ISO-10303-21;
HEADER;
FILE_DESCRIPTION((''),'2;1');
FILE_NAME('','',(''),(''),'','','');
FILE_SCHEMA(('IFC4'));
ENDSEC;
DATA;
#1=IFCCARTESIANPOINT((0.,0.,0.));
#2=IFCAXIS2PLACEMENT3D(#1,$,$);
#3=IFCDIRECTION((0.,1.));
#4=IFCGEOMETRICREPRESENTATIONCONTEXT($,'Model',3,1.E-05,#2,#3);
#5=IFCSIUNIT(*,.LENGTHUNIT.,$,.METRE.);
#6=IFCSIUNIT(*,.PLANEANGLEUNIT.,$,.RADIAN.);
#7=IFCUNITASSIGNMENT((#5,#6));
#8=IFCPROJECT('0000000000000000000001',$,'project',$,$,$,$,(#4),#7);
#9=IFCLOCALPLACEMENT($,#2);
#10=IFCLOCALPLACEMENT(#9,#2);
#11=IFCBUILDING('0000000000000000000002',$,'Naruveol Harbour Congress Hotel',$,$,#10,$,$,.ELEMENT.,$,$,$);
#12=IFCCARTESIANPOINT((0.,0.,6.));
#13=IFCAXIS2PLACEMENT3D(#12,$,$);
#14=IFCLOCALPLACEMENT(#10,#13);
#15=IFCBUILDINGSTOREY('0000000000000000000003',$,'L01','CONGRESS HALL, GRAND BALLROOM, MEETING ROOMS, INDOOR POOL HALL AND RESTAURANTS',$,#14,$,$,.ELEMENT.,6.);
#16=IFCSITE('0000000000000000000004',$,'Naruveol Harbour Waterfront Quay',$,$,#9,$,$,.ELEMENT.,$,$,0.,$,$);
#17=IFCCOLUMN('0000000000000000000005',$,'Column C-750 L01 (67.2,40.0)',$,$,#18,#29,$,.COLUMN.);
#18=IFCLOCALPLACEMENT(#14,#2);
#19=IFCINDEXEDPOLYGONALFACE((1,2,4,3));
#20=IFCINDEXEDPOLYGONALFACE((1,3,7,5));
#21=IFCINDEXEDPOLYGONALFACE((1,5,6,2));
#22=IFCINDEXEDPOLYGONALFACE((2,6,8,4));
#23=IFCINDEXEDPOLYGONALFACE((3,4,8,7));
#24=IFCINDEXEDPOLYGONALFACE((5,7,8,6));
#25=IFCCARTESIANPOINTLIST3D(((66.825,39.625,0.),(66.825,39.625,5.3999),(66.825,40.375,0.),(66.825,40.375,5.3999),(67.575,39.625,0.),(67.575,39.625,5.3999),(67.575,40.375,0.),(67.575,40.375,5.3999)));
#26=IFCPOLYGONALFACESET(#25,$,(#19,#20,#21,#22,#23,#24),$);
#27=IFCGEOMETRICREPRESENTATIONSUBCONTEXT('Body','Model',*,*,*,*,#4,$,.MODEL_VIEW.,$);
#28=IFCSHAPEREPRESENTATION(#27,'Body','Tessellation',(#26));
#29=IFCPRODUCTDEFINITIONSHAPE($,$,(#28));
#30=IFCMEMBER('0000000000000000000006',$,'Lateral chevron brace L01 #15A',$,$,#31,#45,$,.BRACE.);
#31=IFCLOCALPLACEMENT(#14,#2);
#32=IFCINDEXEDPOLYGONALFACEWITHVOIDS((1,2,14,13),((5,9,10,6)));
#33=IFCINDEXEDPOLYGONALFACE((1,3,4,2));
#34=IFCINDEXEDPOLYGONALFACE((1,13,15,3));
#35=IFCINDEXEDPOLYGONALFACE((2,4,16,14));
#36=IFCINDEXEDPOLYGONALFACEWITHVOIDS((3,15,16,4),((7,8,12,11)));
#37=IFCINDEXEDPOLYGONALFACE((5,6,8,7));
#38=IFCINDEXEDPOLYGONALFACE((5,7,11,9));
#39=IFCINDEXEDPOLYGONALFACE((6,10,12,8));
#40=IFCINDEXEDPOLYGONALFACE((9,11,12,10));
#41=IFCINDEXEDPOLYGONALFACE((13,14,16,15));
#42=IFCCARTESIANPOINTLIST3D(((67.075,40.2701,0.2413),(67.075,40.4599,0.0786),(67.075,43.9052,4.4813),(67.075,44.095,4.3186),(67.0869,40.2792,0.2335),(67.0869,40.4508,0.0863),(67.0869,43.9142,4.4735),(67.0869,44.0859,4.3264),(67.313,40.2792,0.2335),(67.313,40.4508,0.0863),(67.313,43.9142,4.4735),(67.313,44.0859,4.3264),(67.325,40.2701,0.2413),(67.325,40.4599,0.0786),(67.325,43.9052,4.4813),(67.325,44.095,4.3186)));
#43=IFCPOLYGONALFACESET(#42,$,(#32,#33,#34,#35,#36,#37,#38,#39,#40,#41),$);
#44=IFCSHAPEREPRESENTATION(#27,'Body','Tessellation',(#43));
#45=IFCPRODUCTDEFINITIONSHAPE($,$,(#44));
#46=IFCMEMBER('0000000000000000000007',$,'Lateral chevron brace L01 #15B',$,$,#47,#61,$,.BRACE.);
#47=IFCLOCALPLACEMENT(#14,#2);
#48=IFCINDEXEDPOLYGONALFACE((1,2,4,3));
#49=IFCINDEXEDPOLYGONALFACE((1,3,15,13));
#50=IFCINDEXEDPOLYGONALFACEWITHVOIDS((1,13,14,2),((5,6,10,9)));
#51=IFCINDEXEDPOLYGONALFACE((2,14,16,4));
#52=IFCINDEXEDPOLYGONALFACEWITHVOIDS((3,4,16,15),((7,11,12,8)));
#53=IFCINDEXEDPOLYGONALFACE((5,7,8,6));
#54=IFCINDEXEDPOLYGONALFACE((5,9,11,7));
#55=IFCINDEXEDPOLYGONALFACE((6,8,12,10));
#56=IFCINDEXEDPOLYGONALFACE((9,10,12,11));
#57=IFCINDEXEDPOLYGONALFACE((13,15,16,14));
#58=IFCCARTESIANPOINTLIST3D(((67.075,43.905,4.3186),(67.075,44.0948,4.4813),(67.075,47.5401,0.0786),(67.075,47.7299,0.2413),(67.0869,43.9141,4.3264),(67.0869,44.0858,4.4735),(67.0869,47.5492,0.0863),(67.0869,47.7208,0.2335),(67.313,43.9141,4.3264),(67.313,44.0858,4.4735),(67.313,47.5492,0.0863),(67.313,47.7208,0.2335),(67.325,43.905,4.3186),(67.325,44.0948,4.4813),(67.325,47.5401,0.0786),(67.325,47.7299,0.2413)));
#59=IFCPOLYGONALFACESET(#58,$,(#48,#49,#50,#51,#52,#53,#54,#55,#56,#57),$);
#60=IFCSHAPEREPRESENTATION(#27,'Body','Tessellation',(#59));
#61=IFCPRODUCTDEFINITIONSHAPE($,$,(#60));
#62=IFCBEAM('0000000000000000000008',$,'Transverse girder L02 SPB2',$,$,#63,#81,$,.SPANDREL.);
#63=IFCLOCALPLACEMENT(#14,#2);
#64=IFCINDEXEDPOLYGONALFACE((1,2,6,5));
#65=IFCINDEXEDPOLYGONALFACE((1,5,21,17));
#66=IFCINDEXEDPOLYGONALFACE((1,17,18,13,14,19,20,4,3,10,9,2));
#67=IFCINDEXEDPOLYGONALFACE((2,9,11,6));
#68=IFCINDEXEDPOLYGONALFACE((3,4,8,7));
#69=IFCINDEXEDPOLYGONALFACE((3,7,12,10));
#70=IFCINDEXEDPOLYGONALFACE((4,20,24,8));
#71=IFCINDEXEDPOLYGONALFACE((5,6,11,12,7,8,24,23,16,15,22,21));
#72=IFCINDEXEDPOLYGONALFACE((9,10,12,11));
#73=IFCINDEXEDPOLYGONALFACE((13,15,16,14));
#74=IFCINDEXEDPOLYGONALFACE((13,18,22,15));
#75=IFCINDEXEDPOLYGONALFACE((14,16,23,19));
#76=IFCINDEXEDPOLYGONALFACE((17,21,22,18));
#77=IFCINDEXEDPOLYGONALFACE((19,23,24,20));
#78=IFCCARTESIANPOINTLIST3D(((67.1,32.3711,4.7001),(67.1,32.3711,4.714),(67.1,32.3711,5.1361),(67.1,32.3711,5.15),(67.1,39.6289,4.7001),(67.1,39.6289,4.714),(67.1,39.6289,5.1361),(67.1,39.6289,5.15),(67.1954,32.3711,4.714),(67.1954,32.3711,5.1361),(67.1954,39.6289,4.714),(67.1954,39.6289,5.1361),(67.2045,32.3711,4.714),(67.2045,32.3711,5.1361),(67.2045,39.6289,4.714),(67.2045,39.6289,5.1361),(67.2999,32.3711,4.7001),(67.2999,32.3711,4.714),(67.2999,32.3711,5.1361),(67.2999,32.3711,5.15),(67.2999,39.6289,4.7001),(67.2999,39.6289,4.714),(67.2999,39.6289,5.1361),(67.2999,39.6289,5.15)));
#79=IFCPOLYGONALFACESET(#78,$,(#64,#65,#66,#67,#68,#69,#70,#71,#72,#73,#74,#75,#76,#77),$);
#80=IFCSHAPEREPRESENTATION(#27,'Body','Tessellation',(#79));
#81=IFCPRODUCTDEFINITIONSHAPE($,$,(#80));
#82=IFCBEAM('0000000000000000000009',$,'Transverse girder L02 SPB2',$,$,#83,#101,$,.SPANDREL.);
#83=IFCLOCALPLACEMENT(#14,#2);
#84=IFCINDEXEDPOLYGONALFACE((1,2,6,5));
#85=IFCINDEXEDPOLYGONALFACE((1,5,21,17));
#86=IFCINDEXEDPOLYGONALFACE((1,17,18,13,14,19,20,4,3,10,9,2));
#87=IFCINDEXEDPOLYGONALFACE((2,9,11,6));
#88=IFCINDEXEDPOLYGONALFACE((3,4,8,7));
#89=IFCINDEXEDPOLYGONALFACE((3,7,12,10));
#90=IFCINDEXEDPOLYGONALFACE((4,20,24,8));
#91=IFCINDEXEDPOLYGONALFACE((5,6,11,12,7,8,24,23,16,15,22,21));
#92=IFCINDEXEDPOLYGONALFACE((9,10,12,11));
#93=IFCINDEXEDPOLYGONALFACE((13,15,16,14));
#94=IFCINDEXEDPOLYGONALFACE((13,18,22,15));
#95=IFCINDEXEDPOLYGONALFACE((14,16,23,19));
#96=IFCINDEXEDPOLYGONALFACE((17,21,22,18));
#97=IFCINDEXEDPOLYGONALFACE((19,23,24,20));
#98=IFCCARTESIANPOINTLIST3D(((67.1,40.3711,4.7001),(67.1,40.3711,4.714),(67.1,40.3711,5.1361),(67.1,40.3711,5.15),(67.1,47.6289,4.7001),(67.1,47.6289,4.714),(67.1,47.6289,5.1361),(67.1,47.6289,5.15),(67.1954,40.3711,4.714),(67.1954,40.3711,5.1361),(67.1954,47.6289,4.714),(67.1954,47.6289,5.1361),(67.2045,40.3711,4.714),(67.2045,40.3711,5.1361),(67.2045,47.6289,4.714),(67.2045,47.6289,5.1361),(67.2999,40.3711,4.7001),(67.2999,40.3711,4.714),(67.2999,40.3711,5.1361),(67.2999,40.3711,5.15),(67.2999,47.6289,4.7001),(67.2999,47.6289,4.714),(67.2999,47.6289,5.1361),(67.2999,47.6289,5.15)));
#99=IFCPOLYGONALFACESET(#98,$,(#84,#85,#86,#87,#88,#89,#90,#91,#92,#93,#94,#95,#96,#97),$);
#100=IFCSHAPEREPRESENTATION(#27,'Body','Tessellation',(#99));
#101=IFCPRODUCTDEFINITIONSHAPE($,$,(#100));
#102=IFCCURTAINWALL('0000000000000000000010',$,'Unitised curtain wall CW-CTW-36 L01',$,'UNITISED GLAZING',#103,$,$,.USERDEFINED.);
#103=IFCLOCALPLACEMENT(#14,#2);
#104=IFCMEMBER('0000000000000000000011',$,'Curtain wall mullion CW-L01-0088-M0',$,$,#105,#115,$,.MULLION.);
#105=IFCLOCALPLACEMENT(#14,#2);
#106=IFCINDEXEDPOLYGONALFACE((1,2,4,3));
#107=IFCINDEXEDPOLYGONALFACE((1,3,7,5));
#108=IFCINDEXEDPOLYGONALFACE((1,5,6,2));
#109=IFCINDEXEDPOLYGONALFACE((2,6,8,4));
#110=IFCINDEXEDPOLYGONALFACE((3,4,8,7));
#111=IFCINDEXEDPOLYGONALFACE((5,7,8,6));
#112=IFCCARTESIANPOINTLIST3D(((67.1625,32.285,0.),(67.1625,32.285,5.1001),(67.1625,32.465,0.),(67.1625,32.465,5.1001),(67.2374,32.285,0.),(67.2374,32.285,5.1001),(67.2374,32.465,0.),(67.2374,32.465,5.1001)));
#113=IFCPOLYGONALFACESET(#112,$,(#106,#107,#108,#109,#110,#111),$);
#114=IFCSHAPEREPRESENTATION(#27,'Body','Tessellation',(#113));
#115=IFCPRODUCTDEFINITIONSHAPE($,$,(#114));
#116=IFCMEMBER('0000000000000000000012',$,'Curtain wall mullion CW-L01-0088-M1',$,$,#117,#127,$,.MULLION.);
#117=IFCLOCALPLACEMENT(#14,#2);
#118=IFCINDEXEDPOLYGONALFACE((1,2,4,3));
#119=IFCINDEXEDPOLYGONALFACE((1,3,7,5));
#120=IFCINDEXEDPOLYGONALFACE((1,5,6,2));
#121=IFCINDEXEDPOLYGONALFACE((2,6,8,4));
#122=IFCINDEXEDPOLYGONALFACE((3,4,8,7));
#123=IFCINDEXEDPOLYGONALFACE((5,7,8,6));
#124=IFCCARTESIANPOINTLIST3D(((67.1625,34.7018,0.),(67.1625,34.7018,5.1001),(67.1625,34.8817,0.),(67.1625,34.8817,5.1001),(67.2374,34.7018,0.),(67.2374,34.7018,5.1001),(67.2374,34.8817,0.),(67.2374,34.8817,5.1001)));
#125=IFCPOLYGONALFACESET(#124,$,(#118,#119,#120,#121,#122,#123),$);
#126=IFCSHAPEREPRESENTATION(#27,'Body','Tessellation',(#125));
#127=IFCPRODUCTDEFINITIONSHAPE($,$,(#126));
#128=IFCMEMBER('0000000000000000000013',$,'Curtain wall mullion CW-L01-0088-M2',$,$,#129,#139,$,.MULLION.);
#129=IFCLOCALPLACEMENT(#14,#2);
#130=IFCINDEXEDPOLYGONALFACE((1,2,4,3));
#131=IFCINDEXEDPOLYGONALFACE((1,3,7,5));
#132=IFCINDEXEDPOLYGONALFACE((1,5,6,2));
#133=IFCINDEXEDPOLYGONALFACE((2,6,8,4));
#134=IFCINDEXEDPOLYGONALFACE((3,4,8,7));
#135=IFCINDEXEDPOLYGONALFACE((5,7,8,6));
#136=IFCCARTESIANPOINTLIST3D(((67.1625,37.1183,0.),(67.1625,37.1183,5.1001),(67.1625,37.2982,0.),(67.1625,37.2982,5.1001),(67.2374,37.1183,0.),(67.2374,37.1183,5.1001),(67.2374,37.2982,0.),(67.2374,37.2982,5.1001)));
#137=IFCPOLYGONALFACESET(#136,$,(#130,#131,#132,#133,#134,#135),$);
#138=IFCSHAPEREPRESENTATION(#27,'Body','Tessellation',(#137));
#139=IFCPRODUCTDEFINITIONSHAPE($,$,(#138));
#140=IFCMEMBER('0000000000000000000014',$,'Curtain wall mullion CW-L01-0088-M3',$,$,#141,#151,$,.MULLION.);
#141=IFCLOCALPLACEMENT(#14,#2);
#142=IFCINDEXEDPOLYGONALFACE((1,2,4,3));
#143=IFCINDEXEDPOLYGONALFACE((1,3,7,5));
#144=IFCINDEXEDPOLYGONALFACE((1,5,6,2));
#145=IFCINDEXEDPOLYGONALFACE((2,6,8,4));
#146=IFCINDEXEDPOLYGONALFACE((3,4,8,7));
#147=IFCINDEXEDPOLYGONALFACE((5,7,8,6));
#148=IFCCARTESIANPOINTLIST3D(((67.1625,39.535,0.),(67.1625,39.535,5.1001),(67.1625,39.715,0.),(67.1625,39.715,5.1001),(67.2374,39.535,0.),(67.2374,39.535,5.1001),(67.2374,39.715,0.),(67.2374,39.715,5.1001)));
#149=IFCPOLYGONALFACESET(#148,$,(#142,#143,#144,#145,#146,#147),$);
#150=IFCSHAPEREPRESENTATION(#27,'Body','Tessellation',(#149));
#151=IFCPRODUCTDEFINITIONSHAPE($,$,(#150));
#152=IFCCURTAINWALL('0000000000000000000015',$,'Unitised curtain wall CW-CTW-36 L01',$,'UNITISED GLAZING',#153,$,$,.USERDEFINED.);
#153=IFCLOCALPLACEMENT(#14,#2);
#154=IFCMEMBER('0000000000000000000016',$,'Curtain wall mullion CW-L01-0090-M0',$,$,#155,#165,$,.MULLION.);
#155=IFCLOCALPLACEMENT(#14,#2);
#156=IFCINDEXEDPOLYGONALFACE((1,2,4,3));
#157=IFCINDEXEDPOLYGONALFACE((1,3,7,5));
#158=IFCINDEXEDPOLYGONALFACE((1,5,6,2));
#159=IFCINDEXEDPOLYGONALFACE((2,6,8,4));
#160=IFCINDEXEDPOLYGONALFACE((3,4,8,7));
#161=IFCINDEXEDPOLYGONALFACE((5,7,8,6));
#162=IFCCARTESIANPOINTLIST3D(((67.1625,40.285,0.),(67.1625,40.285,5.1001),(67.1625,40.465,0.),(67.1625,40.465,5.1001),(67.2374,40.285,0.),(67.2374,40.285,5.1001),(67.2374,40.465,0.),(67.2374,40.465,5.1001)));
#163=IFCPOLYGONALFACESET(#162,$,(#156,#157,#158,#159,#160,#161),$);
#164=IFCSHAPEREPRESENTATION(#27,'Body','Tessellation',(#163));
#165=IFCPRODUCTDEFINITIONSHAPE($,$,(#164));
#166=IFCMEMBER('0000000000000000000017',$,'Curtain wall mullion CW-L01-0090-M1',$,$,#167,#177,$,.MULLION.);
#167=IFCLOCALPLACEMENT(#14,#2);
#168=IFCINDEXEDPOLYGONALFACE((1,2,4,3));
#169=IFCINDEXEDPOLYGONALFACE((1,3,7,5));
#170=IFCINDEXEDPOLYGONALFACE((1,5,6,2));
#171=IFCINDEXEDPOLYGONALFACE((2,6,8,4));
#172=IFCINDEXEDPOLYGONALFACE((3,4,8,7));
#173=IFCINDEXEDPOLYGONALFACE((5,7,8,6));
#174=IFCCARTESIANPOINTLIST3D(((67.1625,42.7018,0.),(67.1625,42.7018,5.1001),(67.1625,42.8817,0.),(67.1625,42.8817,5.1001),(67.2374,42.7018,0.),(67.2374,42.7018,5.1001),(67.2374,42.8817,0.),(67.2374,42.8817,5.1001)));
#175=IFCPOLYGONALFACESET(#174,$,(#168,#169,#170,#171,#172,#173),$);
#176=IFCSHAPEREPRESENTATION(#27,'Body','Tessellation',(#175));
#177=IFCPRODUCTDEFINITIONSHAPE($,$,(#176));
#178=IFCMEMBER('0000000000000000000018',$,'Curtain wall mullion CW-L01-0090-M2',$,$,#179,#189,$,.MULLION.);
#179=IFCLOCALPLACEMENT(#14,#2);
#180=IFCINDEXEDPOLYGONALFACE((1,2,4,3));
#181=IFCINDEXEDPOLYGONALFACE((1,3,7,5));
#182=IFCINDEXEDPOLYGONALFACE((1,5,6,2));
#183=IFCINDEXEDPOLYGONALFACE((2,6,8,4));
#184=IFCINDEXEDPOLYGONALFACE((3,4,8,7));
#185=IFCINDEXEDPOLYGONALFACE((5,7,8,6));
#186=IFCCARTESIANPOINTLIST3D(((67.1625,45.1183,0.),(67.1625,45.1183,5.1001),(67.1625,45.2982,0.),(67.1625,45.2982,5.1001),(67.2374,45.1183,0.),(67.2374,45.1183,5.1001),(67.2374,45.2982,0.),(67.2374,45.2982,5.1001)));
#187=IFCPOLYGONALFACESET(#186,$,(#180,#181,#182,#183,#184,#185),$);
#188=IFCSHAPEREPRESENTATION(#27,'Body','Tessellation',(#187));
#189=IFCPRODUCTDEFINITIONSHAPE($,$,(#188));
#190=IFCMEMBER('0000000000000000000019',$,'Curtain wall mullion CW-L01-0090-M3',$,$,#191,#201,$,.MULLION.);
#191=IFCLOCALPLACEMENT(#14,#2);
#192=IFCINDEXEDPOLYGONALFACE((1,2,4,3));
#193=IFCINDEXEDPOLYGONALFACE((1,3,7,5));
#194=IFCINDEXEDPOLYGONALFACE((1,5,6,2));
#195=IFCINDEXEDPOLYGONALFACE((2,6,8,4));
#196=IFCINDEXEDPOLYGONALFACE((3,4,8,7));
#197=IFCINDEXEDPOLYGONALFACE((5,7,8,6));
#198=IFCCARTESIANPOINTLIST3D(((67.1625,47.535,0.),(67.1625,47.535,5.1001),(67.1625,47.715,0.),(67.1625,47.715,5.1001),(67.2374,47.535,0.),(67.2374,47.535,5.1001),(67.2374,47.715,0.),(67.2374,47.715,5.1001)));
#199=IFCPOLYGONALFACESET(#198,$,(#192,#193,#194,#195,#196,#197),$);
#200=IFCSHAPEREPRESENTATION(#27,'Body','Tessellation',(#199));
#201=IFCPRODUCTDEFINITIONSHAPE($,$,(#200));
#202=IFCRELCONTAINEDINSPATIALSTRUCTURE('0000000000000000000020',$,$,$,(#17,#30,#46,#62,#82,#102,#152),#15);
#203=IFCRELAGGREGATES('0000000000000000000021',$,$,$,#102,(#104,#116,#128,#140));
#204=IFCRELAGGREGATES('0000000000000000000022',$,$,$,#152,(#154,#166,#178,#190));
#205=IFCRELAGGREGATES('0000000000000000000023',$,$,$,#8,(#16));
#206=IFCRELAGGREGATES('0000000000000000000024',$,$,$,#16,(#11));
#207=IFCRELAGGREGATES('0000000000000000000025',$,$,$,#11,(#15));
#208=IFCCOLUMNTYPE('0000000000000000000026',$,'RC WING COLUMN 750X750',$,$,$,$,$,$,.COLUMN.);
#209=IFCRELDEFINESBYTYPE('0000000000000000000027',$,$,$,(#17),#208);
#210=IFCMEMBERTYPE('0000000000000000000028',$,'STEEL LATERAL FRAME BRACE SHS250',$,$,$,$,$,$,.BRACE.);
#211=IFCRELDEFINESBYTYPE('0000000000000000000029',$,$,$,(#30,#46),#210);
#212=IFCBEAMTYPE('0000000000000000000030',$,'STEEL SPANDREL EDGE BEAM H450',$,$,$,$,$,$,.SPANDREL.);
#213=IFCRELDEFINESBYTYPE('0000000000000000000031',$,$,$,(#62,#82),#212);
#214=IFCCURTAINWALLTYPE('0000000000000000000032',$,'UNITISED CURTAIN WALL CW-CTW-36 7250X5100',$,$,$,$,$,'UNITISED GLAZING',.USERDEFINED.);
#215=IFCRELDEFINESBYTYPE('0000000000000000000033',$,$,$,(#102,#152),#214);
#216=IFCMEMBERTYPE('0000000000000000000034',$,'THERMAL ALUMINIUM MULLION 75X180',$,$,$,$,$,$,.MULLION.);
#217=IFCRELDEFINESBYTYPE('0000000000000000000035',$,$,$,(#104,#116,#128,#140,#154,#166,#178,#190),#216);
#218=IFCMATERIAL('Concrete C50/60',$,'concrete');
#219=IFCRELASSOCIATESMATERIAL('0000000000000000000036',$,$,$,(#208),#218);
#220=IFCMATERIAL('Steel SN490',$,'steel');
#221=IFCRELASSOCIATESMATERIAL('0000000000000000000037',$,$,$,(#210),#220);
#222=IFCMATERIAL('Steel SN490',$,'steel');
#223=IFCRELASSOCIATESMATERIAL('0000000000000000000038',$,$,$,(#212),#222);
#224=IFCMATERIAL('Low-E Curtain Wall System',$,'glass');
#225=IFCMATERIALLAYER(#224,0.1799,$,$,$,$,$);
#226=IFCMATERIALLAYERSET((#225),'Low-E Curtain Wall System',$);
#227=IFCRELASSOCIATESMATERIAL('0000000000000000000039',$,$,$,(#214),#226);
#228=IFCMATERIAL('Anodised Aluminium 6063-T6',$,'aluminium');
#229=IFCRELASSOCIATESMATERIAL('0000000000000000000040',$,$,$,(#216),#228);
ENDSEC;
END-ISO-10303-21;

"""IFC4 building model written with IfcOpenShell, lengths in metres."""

from ifc_helpers import new_model, si_unit, direction, frame, origin, origin_2d, place, context, subcontext, project, spatial, rectangle, hollow_rectangle, i_section, extrude, material, layer, layer_set, material_profile, profile_set, type_object, element, aggregate, save


model = new_model("IFC4")

# Units and contexts
model_context = context("Model", 3, precision=1e-05, world=origin(), true_north=direction((0.0, 1.0)))
body_context = subcontext(model_context, "Body", "Model", "MODEL_VIEW")
ifc_project = project(units=[si_unit("LENGTHUNIT", "METRE"), si_unit("PLANEANGLEUNIT", "RADIAN")], contexts=[model_context])

# Site, building, storey
site_placement = place(None, origin())
site = spatial("IfcSite", under=ifc_project, at=site_placement, Name="Naruveol Harbour Waterfront Quay", CompositionType="ELEMENT", RefElevation=0.0)
building_placement = place(site_placement, origin())
building = spatial("IfcBuilding", under=site, at=building_placement, Name="Naruveol Harbour Congress Hotel", CompositionType="ELEMENT")
storey_placement = place(building_placement, frame((0.0, 0.0, 6.0)))
storey = spatial("IfcBuildingStorey", under=building, at=storey_placement, Name="L01", Description="CONGRESS HALL, GRAND BALLROOM, MEETING ROOMS, INDOOR POOL HALL AND RESTAURANTS", CompositionType="ELEMENT", Elevation=6.0)

# Column
ifc_material_1 = material(Name="Concrete C50/60", Category="concrete")
ifc_material_profile_1 = material_profile(ifc_material_1, rectangle(XDim=0.75, YDim=0.75, at=origin_2d()), Name="RC-750x750")
ifc_profile_set_1 = profile_set([ifc_material_profile_1], Name="Concrete C50/60")
column_type = type_object("IfcColumnType", Name="RC WING COLUMN 750X750", PredefinedType="COLUMN", material=ifc_profile_set_1)
column_placement = place(storey_placement, frame((67.2, 40.0, 0.0), z_axis=(0.0, 0.0, 1.0), x_axis=(1.0, 0.0, 0.0)))
element("IfcColumn", 1, at=column_placement, inside=storey, type_object=column_type, Name="Column C-750 L01 (67.2,40.0)", PredefinedType="COLUMN", context=body_context, shape_type="SweptSolid", body=[
    extrude(rectangle(XDim=0.75, YDim=0.75, at=origin_2d()), origin(), (0.0, 0.0, 1.0), 5.3999),
])

# Members
ifc_material_2 = material(Name="Steel SN490", Category="steel")
ifc_material_profile_2 = material_profile(ifc_material_2, hollow_rectangle(XDim=0.25, YDim=0.25, WallThickness=0.012, at=origin_2d()), Name="SHS-250x250x12")
ifc_profile_set_2 = profile_set([ifc_material_profile_2], Name="Steel SN490")
member_type_1 = type_object("IfcMemberType", Name="STEEL LATERAL FRAME BRACE SHS250", PredefinedType="BRACE", material=ifc_profile_set_2)
for number, where, z_axis, x_axis, name in (
    (2, (67.2, 40.365, 0.1599), (0.0, 0.650867, 0.759192), (-1.0, 0.0, 0.0), "Lateral chevron brace L01 #15A"),
    (3, (67.2, 47.635, 0.1599), (0.0, -0.650867, 0.759192), (1.0, 0.0, 0.0), "Lateral chevron brace L01 #15B"),
):
    element("IfcMember", number, at=place(storey_placement, frame(where, z_axis=z_axis, x_axis=x_axis)), inside=storey, type_object=member_type_1, Name=name, PredefinedType="BRACE", context=body_context, shape_type="SweptSolid", body=[
        extrude(hollow_rectangle(XDim=0.25, YDim=0.25, WallThickness=0.012, at=origin_2d()), origin(), (0.0, 0.0, 1.0), 5.585),
    ])

# Beams
ifc_material_3 = material(Name="Steel SN490", Category="steel")
ifc_material_profile_3 = material_profile(ifc_material_3, i_section(OverallWidth=0.2, OverallDepth=0.45, WebThickness=0.009, FlangeThickness=0.0139, at=origin_2d()), Name="H-450x200x9x14")
ifc_profile_set_3 = profile_set([ifc_material_profile_3], Name="Steel SN490")
beam_type = type_object("IfcBeamType", Name="STEEL SPANDREL EDGE BEAM H450", PredefinedType="SPANDREL", material=ifc_profile_set_3)
for number, where, z_axis, x_axis, name in (
    (4, (67.2, 32.3711, 4.925), (0.0, 1.0, 0.0), (-1.0, 0.0, 0.0), "Transverse girder L02 SPB2"),
    (5, (67.2, 40.3711, 4.925), (0.0, 1.0, 0.0), (-1.0, 0.0, 0.0), "Transverse girder L02 SPB2"),
):
    element("IfcBeam", number, at=place(storey_placement, frame(where, z_axis=z_axis, x_axis=x_axis)), inside=storey, type_object=beam_type, Name=name, PredefinedType="SPANDREL", context=body_context, shape_type="SweptSolid", body=[
        extrude(i_section(OverallWidth=0.2, OverallDepth=0.45, WebThickness=0.009, FlangeThickness=0.0139, at=origin_2d()), origin(), (0.0, 0.0, 1.0), 7.2578),
    ])

# Curtain walls, members
ifc_material_4 = material(Name="Low-E Curtain Wall System", Category="glass")
ifc_layer_1 = layer(ifc_material_4, 0.1799)
ifc_layer_set_1 = layer_set([ifc_layer_1], Name="Low-E Curtain Wall System")
curtain_wall_type_1 = type_object("IfcCurtainWallType", Name="UNITISED CURTAIN WALL CW-CTW-36 7250X5100", ElementType="UNITISED GLAZING", PredefinedType="USERDEFINED", material=ifc_layer_set_1)
curtain_wall_1_placement = place(storey_placement, origin())
curtain_wall_1 = element("IfcCurtainWall", 6, at=curtain_wall_1_placement, inside=storey, type_object=curtain_wall_type_1, Name="Unitised curtain wall CW-CTW-36 L01", ObjectType="UNITISED GLAZING", PredefinedType="USERDEFINED")
ifc_material_5 = material(Name="Anodised Aluminium 6063-T6", Category="aluminium")
ifc_material_profile_4 = material_profile(ifc_material_5, rectangle(XDim=0.075, YDim=0.1799, at=origin_2d()), Name="ALU-75x180")
ifc_profile_set_4 = profile_set([ifc_material_profile_4], Name="Anodised Aluminium 6063-T6")
member_type_2 = type_object("IfcMemberType", Name="THERMAL ALUMINIUM MULLION 75X180", PredefinedType="MULLION", material=ifc_profile_set_4)
member_1_placement = place(storey_placement, frame((67.2, 32.375, 0.0), z_axis=(0.0, 0.0, 1.0), x_axis=(1.0, 0.0, 0.0)))
member_1 = element("IfcMember", 7, at=member_1_placement, type_object=member_type_2, Name="Curtain wall mullion CW-L01-0088-M0", PredefinedType="MULLION", context=body_context, shape_type="SweptSolid", body=[
    extrude(rectangle(XDim=0.075, YDim=0.1799, at=origin_2d()), origin(), (0.0, 0.0, 1.0), 5.1001),
])
member_2_placement = place(storey_placement, frame((67.2, 34.7917, 0.0), z_axis=(0.0, 0.0, 1.0), x_axis=(1.0, 0.0, 0.0)))
member_2 = element("IfcMember", 8, at=member_2_placement, type_object=member_type_2, Name="Curtain wall mullion CW-L01-0088-M1", PredefinedType="MULLION", context=body_context, shape_type="SweptSolid", body=[
    extrude(rectangle(XDim=0.075, YDim=0.1799, at=origin_2d()), origin(), (0.0, 0.0, 1.0), 5.1001),
])
member_3_placement = place(storey_placement, frame((67.2, 37.2083, 0.0), z_axis=(0.0, 0.0, 1.0), x_axis=(1.0, 0.0, 0.0)))
member_3 = element("IfcMember", 9, at=member_3_placement, type_object=member_type_2, Name="Curtain wall mullion CW-L01-0088-M2", PredefinedType="MULLION", context=body_context, shape_type="SweptSolid", body=[
    extrude(rectangle(XDim=0.075, YDim=0.1799, at=origin_2d()), origin(), (0.0, 0.0, 1.0), 5.1001),
])
member_4_placement = place(storey_placement, frame((67.2, 39.625, 0.0), z_axis=(0.0, 0.0, 1.0), x_axis=(1.0, 0.0, 0.0)))
member_4 = element("IfcMember", 10, at=member_4_placement, type_object=member_type_2, Name="Curtain wall mullion CW-L01-0088-M3", PredefinedType="MULLION", context=body_context, shape_type="SweptSolid", body=[
    extrude(rectangle(XDim=0.075, YDim=0.1799, at=origin_2d()), origin(), (0.0, 0.0, 1.0), 5.1001),
])
curtain_wall_2_placement = place(storey_placement, origin())
curtain_wall_2 = element("IfcCurtainWall", 11, at=curtain_wall_2_placement, inside=storey, type_object=curtain_wall_type_1, Name="Unitised curtain wall CW-CTW-36 L01", ObjectType="UNITISED GLAZING", PredefinedType="USERDEFINED")
member_5_placement = place(storey_placement, frame((67.2, 40.375, 0.0), z_axis=(0.0, 0.0, 1.0), x_axis=(1.0, 0.0, 0.0)))
member_5 = element("IfcMember", 12, at=member_5_placement, type_object=member_type_2, Name="Curtain wall mullion CW-L01-0090-M0", PredefinedType="MULLION", context=body_context, shape_type="SweptSolid", body=[
    extrude(rectangle(XDim=0.075, YDim=0.1799, at=origin_2d()), origin(), (0.0, 0.0, 1.0), 5.1001),
])
member_6_placement = place(storey_placement, frame((67.2, 42.7917, 0.0), z_axis=(0.0, 0.0, 1.0), x_axis=(1.0, 0.0, 0.0)))
member_6 = element("IfcMember", 13, at=member_6_placement, type_object=member_type_2, Name="Curtain wall mullion CW-L01-0090-M1", PredefinedType="MULLION", context=body_context, shape_type="SweptSolid", body=[
    extrude(rectangle(XDim=0.075, YDim=0.1799, at=origin_2d()), origin(), (0.0, 0.0, 1.0), 5.1001),
])
member_7_placement = place(storey_placement, frame((67.2, 45.2083, 0.0), z_axis=(0.0, 0.0, 1.0), x_axis=(1.0, 0.0, 0.0)))
member_7 = element("IfcMember", 14, at=member_7_placement, type_object=member_type_2, Name="Curtain wall mullion CW-L01-0090-M2", PredefinedType="MULLION", context=body_context, shape_type="SweptSolid", body=[
    extrude(rectangle(XDim=0.075, YDim=0.1799, at=origin_2d()), origin(), (0.0, 0.0, 1.0), 5.1001),
])
member_8_placement = place(storey_placement, frame((67.2, 47.625, 0.0), z_axis=(0.0, 0.0, 1.0), x_axis=(1.0, 0.0, 0.0)))
member_8 = element("IfcMember", 15, at=member_8_placement, type_object=member_type_2, Name="Curtain wall mullion CW-L01-0090-M3", PredefinedType="MULLION", context=body_context, shape_type="SweptSolid", body=[
    extrude(rectangle(XDim=0.075, YDim=0.1799, at=origin_2d()), origin(), (0.0, 0.0, 1.0), 5.1001),
])

aggregate(curtain_wall_1, [member_1, member_2, member_3, member_4])

aggregate(curtain_wall_2, [member_5, member_6, member_7, member_8])

save(model, "model.ifc")
